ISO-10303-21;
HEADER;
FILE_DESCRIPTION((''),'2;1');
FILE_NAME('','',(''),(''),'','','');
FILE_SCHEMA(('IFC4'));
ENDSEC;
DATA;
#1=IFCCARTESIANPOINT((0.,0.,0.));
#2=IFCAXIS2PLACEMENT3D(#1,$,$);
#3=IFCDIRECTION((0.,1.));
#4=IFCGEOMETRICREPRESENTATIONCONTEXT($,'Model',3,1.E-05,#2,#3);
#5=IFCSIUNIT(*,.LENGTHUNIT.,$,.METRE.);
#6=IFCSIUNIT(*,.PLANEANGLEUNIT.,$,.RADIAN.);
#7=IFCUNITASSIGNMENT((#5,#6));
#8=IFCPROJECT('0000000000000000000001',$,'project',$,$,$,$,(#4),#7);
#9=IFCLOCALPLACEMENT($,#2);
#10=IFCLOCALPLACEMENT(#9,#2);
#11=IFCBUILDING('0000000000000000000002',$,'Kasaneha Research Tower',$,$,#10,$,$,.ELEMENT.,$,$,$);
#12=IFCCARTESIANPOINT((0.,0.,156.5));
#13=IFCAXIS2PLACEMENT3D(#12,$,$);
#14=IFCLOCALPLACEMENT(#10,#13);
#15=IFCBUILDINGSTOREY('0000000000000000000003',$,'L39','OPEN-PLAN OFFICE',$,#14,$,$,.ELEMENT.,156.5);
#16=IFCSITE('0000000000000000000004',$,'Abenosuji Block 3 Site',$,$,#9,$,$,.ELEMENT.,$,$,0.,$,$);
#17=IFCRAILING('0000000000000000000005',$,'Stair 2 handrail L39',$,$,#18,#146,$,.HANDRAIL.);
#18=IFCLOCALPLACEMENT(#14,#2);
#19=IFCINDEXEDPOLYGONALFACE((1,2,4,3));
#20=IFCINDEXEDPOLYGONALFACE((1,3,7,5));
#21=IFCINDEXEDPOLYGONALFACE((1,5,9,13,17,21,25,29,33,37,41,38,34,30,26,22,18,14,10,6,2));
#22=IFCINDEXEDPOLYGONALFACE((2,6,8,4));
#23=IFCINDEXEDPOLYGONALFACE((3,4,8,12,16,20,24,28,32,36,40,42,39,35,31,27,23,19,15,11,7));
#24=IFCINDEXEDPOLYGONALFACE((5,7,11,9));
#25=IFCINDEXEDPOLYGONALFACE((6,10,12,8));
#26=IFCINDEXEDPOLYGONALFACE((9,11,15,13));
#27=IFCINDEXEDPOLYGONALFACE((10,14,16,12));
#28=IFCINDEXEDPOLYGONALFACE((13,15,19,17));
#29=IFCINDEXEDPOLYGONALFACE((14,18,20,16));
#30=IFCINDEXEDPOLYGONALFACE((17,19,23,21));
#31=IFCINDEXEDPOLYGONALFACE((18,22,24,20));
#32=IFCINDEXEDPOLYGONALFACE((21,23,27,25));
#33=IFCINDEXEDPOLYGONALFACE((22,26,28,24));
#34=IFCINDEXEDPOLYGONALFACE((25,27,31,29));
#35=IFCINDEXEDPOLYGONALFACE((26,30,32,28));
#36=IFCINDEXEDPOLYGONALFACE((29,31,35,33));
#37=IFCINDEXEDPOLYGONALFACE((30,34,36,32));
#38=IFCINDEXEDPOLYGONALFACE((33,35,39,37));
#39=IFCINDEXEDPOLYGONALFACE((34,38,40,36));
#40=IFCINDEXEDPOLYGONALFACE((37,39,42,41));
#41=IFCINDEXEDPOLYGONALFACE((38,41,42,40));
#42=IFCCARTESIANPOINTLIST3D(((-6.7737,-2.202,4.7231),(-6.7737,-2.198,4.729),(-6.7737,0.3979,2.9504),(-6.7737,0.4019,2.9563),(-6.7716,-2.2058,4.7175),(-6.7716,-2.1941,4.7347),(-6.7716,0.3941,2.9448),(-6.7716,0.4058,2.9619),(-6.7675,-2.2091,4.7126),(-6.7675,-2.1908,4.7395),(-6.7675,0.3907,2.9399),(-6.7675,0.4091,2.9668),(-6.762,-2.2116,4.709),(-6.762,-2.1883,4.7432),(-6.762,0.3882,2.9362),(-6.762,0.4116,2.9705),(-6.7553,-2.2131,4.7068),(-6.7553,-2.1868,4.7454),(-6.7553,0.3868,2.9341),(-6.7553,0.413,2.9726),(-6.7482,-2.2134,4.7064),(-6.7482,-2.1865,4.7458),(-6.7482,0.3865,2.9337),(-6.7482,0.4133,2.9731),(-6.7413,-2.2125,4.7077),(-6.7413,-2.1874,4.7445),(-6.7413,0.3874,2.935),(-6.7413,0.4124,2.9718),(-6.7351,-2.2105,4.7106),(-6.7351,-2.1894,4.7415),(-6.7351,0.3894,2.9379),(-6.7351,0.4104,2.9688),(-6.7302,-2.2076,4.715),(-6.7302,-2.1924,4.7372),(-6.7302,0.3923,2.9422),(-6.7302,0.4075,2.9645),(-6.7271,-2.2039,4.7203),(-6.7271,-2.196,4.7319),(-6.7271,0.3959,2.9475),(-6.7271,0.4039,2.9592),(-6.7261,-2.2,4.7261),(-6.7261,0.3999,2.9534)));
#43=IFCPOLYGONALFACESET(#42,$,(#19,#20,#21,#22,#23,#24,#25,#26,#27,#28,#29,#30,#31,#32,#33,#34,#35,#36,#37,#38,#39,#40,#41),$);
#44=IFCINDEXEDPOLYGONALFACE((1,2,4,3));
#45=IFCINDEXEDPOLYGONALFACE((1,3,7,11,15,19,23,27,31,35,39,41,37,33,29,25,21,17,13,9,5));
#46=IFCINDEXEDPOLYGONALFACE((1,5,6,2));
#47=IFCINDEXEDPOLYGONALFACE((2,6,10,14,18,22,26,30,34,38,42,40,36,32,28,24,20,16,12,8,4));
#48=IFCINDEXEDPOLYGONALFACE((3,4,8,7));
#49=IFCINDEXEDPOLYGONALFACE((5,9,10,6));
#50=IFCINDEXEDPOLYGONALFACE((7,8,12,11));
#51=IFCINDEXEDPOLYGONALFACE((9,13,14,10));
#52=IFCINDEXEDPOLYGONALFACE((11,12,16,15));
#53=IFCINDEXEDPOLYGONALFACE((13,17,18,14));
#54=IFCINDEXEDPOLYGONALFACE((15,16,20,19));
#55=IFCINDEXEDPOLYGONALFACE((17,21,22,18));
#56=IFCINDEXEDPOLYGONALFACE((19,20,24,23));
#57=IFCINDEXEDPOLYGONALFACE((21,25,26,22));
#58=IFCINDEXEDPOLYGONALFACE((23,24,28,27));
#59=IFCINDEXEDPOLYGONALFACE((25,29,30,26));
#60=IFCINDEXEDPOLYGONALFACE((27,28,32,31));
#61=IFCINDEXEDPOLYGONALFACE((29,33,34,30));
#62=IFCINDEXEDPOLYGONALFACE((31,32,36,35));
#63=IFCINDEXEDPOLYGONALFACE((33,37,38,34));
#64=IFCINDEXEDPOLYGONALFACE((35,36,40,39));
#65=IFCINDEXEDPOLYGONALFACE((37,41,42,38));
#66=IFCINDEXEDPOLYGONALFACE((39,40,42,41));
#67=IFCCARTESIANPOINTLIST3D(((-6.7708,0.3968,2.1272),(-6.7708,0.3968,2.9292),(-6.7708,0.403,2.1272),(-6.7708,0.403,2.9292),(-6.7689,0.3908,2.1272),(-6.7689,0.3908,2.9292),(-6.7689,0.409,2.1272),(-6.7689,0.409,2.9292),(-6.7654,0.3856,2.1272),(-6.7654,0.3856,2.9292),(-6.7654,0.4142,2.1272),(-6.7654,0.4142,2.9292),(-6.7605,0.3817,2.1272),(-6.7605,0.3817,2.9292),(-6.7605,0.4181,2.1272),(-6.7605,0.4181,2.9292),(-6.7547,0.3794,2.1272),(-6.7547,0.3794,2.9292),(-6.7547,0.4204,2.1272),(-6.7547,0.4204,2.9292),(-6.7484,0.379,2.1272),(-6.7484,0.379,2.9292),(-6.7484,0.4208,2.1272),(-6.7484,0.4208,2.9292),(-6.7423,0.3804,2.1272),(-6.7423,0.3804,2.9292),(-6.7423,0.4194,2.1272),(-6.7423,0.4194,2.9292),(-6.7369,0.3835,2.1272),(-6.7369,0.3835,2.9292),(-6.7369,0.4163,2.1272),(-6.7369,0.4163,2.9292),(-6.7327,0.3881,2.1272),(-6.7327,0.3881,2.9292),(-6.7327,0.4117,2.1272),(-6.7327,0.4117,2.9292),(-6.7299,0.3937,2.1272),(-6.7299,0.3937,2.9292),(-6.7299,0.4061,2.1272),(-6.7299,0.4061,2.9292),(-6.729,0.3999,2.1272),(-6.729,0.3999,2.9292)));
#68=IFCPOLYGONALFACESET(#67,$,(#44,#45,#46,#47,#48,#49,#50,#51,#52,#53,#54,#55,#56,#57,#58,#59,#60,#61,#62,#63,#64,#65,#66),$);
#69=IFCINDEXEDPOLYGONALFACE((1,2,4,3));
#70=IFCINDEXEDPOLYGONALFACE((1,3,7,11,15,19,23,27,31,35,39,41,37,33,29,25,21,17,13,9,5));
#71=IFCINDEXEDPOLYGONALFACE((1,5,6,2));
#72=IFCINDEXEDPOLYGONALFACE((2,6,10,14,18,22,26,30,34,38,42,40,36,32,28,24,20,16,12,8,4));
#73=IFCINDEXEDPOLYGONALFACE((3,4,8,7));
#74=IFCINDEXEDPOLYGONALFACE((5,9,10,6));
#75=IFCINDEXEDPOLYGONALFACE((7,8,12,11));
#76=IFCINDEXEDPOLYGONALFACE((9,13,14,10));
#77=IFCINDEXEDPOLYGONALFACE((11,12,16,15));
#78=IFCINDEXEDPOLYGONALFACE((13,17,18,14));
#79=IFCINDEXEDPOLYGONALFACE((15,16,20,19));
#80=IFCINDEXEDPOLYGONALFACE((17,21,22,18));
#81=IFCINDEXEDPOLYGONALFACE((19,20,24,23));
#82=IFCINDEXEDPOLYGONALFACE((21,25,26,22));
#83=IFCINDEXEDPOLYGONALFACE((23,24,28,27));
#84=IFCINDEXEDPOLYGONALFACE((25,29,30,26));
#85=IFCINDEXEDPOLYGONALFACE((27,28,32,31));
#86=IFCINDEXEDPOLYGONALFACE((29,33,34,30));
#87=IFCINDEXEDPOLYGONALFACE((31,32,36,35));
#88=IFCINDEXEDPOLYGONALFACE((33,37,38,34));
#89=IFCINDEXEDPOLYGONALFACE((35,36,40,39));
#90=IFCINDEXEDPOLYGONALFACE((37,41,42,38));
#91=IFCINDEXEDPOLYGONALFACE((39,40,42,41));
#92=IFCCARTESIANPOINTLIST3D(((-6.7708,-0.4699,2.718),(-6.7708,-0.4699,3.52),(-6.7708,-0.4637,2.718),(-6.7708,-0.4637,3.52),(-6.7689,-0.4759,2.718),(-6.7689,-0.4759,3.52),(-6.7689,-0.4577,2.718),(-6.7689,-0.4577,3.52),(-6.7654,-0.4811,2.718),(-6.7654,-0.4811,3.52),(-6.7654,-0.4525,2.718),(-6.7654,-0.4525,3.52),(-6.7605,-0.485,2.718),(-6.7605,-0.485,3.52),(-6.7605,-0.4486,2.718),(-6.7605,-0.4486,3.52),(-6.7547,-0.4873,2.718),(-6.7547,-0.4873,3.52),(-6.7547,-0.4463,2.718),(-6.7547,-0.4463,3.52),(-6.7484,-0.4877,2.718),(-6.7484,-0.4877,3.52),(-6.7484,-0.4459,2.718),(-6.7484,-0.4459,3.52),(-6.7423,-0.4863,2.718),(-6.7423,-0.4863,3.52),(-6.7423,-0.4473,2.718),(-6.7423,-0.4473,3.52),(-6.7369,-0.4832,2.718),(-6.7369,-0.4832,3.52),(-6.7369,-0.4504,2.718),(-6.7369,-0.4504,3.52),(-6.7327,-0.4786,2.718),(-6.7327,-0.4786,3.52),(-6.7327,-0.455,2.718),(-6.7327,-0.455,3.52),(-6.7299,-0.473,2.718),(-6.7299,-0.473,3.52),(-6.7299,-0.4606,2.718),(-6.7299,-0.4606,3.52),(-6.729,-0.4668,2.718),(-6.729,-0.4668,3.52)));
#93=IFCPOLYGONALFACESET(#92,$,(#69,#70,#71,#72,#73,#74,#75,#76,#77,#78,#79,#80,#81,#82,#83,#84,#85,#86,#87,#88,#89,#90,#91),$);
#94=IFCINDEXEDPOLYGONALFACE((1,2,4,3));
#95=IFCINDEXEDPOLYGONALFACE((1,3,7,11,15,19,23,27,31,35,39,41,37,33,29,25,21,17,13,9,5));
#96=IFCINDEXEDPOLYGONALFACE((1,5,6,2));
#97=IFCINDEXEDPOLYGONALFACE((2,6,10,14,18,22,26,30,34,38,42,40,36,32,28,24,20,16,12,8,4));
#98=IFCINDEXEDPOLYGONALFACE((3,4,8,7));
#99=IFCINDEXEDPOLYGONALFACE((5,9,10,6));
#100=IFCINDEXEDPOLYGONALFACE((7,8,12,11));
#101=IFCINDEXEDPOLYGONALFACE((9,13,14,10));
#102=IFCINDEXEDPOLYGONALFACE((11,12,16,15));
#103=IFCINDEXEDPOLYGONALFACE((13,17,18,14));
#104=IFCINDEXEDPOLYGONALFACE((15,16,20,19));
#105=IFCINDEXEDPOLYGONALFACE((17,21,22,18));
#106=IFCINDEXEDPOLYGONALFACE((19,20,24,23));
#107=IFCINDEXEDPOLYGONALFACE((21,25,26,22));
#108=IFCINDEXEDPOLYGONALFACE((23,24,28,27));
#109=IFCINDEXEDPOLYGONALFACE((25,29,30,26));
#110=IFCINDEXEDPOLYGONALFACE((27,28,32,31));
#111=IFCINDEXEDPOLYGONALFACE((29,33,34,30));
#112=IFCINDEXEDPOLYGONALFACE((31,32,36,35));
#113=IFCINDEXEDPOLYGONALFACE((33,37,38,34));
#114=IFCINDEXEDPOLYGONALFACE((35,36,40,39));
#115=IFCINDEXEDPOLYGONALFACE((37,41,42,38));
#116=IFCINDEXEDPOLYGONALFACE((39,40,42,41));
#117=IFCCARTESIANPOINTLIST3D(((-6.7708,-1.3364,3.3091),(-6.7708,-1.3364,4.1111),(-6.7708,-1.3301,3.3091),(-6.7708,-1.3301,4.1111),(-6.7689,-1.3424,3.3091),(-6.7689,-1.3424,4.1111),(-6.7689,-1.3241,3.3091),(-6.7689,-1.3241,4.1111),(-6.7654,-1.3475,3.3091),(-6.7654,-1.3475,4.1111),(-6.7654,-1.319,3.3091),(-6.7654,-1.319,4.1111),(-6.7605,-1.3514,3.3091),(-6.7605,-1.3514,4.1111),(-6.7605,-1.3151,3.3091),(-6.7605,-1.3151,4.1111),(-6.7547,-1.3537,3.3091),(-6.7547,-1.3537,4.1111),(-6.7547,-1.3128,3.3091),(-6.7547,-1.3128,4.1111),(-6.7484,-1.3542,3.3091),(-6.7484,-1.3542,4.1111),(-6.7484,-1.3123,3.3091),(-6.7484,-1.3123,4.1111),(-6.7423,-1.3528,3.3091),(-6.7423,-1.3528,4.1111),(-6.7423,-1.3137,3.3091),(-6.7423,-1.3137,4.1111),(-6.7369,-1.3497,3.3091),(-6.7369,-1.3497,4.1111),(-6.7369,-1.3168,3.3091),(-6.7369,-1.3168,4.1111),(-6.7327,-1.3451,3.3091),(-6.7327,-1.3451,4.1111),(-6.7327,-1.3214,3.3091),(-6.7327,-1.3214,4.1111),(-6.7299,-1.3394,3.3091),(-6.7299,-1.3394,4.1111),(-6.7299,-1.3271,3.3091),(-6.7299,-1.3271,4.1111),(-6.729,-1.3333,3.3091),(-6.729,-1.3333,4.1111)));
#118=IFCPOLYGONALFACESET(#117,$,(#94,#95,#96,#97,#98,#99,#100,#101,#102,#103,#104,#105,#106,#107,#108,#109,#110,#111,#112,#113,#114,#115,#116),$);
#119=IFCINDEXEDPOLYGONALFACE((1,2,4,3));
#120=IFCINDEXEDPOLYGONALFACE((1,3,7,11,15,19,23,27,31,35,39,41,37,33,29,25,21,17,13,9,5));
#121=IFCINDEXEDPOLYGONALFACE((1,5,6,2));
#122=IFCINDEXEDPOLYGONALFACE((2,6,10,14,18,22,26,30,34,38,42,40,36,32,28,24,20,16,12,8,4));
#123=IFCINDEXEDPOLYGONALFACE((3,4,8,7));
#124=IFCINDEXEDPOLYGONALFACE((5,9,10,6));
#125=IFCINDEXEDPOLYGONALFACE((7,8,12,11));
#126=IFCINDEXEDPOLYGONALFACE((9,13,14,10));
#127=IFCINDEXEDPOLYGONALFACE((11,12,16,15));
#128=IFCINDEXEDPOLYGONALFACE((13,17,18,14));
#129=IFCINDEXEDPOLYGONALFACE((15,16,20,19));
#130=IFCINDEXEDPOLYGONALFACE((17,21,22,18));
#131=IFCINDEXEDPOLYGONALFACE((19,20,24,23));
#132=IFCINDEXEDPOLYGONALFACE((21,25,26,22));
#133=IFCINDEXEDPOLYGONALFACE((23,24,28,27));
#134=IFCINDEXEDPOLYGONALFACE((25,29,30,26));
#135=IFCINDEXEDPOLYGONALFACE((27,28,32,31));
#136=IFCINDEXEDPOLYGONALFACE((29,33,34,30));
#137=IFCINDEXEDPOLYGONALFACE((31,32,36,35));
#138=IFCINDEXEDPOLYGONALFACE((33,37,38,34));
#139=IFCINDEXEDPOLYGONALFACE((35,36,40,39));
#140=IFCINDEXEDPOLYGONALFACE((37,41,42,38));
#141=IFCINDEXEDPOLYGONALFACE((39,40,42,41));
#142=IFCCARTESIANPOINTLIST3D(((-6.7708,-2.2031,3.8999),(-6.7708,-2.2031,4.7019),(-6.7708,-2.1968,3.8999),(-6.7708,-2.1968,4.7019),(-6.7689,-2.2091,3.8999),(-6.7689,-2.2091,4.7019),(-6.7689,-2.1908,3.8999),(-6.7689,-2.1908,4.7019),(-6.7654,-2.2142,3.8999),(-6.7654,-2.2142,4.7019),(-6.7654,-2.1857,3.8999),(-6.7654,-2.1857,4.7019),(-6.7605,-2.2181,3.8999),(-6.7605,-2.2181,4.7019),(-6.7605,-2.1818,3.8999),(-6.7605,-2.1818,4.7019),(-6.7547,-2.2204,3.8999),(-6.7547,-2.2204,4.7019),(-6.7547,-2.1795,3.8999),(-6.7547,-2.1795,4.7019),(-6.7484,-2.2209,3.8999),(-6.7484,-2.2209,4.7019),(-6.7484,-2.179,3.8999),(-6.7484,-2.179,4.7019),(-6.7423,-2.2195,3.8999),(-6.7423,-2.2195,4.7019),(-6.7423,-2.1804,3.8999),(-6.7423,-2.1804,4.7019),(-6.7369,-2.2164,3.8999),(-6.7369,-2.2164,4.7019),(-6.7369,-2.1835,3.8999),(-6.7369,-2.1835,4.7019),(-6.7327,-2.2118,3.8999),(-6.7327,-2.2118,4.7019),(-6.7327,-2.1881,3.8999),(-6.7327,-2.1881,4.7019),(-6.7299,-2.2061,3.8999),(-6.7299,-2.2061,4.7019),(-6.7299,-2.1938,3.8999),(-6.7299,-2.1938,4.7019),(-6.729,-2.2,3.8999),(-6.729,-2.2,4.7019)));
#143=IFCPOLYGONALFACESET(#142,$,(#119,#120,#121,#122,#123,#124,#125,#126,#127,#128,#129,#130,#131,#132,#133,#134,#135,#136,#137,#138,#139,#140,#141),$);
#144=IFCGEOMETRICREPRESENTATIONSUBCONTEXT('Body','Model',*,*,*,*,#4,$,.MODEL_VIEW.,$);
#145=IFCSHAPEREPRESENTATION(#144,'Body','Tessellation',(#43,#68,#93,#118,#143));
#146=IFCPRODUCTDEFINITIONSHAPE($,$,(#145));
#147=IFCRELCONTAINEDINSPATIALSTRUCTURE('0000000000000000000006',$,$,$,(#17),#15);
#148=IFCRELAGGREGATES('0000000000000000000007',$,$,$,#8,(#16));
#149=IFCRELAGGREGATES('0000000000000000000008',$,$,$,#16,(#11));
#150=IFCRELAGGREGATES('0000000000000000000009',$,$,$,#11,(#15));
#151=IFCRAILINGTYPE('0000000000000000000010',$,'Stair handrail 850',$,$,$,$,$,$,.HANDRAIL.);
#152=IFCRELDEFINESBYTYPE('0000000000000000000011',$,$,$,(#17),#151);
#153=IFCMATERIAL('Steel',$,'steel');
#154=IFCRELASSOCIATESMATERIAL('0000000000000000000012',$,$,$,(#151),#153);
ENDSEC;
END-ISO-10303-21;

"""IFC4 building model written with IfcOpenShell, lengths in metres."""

from ifc_helpers import new_model, si_unit, direction, frame, origin, origin_2d, place, context, subcontext, project, spatial, circle, extrude, material, type_object, element, save


model = new_model("IFC4")

# Units and contexts
model_context = context("Model", 3, precision=1e-05, world=origin(), true_north=direction((0.0, 1.0)))
body_context = subcontext(model_context, "Body", "Model", "MODEL_VIEW")
ifc_project = project(units=[si_unit("LENGTHUNIT", "METRE"), si_unit("PLANEANGLEUNIT", "RADIAN")], contexts=[model_context])

# Site, building, storey
site_placement = place(None, origin())
site = spatial("IfcSite", under=ifc_project, at=site_placement, Name="Abenosuji Block 3 Site", CompositionType="ELEMENT", RefElevation=0.0)
building_placement = place(site_placement, origin())
building = spatial("IfcBuilding", under=site, at=building_placement, Name="Kasaneha Research Tower", CompositionType="ELEMENT")
storey_placement = place(building_placement, frame((0.0, 0.0, 156.5)))
storey = spatial("IfcBuildingStorey", under=building, at=storey_placement, Name="L39", Description="OPEN-PLAN OFFICE", CompositionType="ELEMENT", Elevation=156.5)

# Railing
ifc_material_1 = material(Name="Steel", Category="steel")
railing_type_1 = type_object("IfcRailingType", Name="Stair handrail 850", PredefinedType="HANDRAIL", material=ifc_material_1)
railing_1_placement = place(storey_placement, frame((-6.75, 0.3999, 2.1272)))
element("IfcRailing", 1, at=railing_1_placement, inside=storey, type_object=railing_type_1, Name="Stair 2 handrail L39", PredefinedType="HANDRAIL", context=body_context, shape_type="SweptSolid", body=[
    extrude(circle(Radius=0.0239, at=origin_2d()), frame((0.0, 0.0, 0.8262), z_axis=(0.0, -0.826216, 0.563354), x_axis=(1.0, 0.0, 0.0)), (0.0, 0.0, 1.0), 3.1467),
    extrude(circle(Radius=0.021, at=origin_2d()), origin(), (0.0, 0.0, 1.0), 0.802),
    extrude(circle(Radius=0.021, at=origin_2d()), frame((0.0, -0.8667, 0.5908)), (0.0, 0.0, 1.0), 0.802),
    extrude(circle(Radius=0.021, at=origin_2d()), frame((0.0, -1.7332, 1.1819)), (0.0, 0.0, 1.0), 0.802),
    extrude(circle(Radius=0.021, at=origin_2d()), frame((0.0, -2.5999, 1.7727)), (0.0, 0.0, 1.0), 0.802),
])

save(model, "model.ifc")
